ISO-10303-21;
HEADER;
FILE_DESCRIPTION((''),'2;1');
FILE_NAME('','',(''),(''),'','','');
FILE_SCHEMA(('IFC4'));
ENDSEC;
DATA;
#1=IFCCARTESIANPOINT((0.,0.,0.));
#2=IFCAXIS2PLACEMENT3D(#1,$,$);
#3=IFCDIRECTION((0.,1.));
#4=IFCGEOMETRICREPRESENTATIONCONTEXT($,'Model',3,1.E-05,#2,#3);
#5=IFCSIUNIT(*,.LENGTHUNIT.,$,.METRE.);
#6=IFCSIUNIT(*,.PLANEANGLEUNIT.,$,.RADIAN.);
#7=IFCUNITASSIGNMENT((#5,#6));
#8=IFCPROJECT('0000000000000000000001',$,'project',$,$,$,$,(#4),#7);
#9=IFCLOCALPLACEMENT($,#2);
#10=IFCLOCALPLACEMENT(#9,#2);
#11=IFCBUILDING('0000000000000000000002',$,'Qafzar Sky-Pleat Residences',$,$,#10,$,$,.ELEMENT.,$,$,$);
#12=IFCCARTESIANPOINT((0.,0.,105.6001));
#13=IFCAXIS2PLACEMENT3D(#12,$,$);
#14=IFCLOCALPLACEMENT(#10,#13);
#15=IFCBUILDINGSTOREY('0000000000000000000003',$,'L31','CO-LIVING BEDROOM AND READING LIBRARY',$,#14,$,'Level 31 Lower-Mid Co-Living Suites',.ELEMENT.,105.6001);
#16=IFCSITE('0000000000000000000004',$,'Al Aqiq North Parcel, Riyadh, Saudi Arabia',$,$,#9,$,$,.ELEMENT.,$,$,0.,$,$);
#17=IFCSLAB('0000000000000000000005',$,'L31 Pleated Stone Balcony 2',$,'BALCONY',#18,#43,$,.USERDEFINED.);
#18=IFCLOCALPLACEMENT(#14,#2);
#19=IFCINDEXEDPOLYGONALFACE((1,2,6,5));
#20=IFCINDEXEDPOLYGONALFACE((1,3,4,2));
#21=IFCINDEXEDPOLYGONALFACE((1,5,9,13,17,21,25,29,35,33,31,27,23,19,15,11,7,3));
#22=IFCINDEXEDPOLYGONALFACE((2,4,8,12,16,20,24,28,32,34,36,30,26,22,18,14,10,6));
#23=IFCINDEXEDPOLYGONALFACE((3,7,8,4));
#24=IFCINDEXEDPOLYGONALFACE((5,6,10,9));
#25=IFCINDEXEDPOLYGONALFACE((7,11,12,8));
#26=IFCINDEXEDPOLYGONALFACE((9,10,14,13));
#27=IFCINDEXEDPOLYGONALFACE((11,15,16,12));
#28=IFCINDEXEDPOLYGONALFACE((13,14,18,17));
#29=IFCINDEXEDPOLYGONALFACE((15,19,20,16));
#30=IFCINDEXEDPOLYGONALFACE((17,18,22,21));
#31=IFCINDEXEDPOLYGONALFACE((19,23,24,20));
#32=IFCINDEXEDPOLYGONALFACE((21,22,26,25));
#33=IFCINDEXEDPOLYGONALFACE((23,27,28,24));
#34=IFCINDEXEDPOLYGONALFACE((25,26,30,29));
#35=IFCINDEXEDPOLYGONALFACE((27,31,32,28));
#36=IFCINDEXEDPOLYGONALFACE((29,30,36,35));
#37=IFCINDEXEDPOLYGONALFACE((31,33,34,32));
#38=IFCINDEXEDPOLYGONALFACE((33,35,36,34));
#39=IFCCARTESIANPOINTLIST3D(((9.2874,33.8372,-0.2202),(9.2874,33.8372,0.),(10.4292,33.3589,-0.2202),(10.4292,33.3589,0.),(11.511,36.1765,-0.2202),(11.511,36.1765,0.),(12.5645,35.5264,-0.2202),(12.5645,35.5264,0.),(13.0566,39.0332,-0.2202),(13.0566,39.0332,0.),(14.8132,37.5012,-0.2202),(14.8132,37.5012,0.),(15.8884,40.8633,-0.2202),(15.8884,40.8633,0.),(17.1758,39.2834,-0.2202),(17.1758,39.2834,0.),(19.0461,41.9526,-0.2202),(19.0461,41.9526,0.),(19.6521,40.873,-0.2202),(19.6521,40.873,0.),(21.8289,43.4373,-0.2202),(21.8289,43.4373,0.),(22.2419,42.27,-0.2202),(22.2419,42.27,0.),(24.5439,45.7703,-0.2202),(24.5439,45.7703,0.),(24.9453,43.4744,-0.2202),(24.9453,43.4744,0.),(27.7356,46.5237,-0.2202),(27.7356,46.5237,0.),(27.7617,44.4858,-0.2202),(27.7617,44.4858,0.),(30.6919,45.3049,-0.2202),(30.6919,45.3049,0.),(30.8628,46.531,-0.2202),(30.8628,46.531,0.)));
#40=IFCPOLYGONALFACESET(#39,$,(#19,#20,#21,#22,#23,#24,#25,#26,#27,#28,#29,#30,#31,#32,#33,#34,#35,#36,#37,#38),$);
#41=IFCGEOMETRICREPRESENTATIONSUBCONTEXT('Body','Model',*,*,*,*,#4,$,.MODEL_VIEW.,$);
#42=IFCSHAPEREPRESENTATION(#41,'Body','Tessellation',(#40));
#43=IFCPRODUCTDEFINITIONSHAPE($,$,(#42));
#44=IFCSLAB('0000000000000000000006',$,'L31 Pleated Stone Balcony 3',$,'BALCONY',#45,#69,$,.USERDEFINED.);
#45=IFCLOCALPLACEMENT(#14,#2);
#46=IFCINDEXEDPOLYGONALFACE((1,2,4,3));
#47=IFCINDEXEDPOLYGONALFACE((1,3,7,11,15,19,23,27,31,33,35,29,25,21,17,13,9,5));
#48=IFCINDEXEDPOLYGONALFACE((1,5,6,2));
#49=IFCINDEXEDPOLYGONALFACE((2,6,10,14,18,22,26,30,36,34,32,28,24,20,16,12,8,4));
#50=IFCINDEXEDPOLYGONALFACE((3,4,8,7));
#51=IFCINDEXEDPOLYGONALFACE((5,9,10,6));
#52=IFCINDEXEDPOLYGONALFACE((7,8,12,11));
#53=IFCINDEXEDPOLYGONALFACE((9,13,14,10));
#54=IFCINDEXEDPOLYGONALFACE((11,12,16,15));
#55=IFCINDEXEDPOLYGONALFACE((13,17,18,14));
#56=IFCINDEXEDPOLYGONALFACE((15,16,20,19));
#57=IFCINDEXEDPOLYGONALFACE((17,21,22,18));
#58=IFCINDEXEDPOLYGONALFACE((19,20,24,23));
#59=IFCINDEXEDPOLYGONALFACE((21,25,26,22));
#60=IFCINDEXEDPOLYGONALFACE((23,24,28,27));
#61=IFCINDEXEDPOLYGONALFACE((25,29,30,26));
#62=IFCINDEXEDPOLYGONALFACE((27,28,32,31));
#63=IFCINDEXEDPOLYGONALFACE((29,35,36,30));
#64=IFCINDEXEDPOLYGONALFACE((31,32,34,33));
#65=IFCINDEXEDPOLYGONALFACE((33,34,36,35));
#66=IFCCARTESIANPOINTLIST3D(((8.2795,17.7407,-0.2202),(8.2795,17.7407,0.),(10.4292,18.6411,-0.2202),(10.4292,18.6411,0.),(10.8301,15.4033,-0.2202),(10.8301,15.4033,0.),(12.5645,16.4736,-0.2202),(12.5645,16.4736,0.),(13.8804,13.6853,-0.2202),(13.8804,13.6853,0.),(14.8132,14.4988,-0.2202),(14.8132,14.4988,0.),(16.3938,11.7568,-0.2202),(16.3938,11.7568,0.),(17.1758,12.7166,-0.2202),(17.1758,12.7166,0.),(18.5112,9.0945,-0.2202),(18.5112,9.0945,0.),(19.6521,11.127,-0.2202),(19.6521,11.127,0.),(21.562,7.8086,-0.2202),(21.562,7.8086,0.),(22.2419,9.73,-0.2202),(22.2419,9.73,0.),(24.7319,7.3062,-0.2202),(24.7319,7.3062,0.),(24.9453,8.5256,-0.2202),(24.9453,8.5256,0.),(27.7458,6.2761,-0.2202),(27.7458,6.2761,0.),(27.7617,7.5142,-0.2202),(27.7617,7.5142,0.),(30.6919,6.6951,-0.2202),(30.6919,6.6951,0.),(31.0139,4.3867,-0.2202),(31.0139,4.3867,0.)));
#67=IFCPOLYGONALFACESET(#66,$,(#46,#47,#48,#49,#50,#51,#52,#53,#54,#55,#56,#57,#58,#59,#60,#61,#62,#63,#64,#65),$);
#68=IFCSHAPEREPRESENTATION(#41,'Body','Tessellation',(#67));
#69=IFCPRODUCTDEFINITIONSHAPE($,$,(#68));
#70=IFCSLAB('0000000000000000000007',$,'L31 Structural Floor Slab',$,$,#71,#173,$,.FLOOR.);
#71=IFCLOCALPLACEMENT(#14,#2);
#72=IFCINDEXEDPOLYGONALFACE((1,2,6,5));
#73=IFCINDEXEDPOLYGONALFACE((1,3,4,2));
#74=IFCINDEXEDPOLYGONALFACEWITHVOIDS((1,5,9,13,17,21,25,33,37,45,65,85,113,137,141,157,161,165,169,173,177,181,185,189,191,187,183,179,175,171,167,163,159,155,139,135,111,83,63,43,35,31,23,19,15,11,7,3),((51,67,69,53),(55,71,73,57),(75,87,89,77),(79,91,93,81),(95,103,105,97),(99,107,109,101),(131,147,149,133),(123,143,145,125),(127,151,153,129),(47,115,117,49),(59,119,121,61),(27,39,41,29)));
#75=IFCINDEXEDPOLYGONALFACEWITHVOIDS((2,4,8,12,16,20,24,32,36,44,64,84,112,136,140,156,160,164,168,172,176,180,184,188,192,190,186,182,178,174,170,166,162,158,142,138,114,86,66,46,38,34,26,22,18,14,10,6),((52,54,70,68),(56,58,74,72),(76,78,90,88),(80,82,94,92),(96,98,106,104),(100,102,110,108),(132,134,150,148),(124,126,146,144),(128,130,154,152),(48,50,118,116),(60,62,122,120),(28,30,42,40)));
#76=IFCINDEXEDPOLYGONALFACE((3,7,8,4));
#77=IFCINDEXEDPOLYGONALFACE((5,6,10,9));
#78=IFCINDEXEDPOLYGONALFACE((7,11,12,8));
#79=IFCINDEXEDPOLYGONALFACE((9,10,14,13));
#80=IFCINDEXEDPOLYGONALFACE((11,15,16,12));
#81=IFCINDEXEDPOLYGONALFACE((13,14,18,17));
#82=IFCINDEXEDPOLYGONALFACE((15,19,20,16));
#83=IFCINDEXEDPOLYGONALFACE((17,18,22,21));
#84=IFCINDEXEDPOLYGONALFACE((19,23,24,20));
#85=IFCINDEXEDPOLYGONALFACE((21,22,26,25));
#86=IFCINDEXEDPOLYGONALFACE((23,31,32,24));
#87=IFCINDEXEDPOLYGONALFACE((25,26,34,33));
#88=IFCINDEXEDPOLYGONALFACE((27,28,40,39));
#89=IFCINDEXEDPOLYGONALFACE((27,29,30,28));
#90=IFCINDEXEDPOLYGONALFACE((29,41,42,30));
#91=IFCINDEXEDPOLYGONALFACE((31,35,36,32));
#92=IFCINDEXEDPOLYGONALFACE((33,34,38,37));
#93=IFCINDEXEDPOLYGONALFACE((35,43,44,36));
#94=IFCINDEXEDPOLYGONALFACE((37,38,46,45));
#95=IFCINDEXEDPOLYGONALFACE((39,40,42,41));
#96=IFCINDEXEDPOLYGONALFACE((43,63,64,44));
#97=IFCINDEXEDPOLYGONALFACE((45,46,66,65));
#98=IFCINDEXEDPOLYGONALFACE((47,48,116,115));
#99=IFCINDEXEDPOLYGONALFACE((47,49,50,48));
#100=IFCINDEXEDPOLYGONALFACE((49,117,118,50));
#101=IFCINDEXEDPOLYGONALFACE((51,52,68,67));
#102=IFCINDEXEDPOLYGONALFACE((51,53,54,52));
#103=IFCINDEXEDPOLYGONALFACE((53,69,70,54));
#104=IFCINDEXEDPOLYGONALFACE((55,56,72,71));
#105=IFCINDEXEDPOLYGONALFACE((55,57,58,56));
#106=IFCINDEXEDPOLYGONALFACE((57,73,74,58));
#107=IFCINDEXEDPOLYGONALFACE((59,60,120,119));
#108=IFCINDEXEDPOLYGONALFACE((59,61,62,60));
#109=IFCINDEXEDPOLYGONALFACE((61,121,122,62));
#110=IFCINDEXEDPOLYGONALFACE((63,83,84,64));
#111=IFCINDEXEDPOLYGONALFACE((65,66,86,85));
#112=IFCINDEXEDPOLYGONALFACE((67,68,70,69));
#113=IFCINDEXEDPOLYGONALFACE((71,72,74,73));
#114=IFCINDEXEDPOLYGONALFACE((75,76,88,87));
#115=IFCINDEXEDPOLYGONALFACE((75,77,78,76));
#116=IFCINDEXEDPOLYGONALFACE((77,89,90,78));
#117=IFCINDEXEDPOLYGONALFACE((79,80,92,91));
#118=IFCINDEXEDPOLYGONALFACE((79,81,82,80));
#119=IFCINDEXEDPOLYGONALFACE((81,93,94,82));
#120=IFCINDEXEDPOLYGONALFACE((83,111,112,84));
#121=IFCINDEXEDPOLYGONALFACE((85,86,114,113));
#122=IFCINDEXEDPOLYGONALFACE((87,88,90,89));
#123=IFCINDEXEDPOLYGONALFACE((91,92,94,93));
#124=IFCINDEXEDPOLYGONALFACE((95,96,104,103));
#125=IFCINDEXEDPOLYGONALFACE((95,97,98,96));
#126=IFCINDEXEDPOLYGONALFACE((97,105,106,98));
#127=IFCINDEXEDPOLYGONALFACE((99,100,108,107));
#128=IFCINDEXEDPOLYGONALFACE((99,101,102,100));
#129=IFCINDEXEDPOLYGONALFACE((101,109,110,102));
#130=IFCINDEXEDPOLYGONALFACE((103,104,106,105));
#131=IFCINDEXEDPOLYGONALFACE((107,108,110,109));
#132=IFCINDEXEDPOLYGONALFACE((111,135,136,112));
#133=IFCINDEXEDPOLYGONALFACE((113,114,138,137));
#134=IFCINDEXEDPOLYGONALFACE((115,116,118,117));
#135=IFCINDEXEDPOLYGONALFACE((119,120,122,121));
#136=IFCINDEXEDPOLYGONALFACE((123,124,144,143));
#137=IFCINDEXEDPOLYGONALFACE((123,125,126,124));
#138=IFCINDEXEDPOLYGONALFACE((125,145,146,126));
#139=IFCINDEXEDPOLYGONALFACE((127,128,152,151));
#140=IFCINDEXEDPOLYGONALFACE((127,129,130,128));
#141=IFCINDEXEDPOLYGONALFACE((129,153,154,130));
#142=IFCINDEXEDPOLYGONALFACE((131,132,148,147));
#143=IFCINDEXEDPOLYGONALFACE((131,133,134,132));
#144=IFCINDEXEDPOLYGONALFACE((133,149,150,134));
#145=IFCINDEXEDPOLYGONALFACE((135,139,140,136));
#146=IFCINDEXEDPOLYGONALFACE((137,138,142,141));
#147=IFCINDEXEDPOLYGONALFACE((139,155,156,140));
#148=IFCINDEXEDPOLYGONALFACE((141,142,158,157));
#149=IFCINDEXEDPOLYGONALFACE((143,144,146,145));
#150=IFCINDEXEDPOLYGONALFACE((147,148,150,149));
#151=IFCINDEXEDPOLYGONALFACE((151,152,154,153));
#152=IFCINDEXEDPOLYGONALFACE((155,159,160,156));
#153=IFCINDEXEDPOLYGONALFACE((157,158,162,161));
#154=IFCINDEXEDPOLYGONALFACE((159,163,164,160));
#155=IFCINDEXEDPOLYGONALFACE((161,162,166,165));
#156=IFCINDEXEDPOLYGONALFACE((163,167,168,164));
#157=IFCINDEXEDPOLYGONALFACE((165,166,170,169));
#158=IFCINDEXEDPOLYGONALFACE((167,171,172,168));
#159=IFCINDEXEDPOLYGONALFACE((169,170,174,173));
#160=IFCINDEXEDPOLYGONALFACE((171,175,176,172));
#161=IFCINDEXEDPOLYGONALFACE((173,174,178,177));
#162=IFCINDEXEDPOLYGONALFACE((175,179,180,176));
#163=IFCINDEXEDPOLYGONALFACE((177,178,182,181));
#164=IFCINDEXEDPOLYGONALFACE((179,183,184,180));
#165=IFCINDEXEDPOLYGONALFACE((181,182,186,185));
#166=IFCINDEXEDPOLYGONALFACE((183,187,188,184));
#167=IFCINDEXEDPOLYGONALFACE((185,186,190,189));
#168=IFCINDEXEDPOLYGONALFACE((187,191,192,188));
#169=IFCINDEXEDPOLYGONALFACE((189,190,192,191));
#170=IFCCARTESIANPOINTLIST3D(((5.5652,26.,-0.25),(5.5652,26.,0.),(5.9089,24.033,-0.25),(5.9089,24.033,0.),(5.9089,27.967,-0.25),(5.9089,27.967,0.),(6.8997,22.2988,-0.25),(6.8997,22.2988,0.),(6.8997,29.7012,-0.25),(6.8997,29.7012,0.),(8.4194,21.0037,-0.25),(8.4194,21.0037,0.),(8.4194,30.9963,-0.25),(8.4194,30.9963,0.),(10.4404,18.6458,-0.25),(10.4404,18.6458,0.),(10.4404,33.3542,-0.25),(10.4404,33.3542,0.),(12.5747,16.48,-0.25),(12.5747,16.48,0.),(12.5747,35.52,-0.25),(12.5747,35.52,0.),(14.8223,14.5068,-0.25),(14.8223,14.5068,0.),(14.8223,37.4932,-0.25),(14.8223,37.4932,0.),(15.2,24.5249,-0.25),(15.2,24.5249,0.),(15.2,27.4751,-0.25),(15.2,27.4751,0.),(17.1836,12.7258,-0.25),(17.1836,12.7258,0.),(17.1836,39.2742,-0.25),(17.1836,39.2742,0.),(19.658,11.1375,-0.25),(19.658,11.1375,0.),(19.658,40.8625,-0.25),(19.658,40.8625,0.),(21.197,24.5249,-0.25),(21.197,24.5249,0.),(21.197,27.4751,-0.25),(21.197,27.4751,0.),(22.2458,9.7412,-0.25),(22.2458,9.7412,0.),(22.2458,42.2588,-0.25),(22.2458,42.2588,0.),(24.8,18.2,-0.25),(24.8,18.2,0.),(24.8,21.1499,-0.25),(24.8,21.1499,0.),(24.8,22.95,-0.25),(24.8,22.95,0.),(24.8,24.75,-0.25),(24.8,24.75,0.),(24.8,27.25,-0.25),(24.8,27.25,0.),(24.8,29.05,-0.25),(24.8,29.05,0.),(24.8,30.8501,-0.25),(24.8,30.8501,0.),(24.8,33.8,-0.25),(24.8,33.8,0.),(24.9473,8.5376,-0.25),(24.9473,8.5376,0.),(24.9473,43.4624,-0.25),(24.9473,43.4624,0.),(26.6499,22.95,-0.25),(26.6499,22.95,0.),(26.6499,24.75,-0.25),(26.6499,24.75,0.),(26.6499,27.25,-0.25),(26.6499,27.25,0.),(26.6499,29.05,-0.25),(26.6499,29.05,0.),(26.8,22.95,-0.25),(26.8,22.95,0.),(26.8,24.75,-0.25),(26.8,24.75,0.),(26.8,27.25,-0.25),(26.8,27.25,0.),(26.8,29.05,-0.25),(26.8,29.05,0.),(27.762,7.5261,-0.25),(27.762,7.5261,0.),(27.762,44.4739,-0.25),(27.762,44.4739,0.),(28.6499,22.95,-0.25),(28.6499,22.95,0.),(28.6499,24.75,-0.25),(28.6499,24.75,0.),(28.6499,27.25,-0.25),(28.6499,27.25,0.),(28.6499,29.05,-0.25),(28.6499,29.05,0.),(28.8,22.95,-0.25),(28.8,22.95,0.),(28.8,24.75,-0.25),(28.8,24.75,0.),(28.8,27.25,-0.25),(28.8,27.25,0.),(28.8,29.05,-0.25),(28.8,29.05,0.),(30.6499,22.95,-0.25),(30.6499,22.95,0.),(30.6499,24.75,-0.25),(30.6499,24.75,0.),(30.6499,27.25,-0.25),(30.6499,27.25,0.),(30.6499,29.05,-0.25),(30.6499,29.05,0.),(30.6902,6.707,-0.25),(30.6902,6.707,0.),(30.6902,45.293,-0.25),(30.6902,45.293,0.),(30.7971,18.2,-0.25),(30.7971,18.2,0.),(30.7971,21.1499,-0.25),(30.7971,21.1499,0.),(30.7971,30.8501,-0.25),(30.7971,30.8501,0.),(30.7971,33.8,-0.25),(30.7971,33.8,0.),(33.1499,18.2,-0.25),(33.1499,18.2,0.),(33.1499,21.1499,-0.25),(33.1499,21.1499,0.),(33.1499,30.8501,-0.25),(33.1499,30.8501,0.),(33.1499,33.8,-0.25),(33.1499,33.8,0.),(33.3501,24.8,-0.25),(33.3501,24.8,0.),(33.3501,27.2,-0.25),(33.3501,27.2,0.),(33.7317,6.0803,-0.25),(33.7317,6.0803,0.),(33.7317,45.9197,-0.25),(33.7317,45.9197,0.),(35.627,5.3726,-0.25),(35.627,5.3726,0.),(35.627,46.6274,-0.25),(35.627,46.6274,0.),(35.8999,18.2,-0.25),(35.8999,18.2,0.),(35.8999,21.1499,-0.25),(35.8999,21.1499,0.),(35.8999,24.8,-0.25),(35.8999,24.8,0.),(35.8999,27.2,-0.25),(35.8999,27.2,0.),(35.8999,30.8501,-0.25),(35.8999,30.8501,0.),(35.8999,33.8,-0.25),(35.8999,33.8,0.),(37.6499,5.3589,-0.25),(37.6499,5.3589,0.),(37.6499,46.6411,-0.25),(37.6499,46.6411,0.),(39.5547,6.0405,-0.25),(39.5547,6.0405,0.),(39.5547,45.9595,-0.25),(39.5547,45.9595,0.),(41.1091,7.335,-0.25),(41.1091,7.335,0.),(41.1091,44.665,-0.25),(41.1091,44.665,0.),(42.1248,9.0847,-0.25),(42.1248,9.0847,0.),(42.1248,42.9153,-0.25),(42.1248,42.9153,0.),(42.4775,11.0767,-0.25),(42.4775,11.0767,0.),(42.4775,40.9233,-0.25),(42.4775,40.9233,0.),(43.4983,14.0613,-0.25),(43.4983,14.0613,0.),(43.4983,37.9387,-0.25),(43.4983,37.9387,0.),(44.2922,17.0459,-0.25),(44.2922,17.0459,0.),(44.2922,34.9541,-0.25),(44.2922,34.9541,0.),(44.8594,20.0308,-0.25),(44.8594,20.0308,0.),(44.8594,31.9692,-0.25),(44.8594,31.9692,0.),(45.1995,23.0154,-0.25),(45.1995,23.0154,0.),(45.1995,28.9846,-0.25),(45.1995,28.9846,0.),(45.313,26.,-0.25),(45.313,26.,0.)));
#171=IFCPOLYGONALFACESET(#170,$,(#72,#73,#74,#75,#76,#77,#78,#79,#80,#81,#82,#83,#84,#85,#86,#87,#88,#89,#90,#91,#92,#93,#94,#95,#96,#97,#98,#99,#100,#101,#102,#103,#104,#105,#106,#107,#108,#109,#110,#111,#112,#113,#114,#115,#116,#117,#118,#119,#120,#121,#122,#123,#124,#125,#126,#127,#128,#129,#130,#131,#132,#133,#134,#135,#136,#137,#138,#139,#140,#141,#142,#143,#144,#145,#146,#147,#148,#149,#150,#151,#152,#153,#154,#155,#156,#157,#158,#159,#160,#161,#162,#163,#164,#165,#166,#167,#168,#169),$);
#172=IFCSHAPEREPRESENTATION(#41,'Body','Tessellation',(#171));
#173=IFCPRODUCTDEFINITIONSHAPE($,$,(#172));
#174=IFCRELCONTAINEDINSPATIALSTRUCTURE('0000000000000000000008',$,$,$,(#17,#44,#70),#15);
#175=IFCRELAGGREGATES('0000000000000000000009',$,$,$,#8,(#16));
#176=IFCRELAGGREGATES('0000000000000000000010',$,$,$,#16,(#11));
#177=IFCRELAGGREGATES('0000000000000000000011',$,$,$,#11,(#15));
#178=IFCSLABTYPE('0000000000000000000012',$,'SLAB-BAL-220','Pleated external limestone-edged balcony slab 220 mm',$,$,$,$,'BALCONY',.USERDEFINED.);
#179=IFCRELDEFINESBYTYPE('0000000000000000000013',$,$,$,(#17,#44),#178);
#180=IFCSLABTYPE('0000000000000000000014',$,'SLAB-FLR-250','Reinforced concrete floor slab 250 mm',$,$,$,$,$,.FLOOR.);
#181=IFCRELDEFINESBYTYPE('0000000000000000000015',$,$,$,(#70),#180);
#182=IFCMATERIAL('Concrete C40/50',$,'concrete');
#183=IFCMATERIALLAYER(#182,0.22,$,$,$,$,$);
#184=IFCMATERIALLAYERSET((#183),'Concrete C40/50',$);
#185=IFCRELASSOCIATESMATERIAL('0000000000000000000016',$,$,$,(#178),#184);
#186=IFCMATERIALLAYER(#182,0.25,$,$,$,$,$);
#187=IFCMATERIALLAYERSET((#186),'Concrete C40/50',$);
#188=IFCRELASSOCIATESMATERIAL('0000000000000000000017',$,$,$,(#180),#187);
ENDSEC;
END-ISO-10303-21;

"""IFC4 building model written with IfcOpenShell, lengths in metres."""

from ifc_helpers import new_model, si_unit, direction, frame, origin, place, context, subcontext, project, spatial, polyline, outline, extrude, material, layer, layer_set, type_object, element, save


model = new_model("IFC4")

# Units and contexts
model_context = context("Model", 3, precision=1e-05, world=origin(), true_north=direction((0.0, 1.0)))
body_context = subcontext(model_context, "Body", "Model", "MODEL_VIEW")
ifc_project = project(units=[si_unit("LENGTHUNIT", "METRE"), si_unit("PLANEANGLEUNIT", "RADIAN")], contexts=[model_context])

# Site, building, storey
site_placement = place(None, origin())
site = spatial("IfcSite", under=ifc_project, at=site_placement, Name="Al Aqiq North Parcel, Riyadh, Saudi Arabia", CompositionType="ELEMENT", RefElevation=0.0)
building_placement = place(site_placement, origin())
building = spatial("IfcBuilding", under=site, at=building_placement, Name="Qafzar Sky-Pleat Residences", CompositionType="ELEMENT")
storey_placement = place(building_placement, frame((0.0, 0.0, 105.6001)))
storey = spatial("IfcBuildingStorey", under=building, at=storey_placement, Name="L31", Description="CO-LIVING BEDROOM AND READING LIBRARY", LongName="Level 31 Lower-Mid Co-Living Suites", CompositionType="ELEMENT", Elevation=105.6001)

# Slabs
ifc_material_1 = material(Name="Concrete C40/50", Category="concrete")
ifc_layer_1 = layer(ifc_material_1, 0.22)
ifc_layer_set_1 = layer_set([ifc_layer_1], Name="Concrete C40/50")
slab_type_1 = type_object("IfcSlabType", Name="SLAB-BAL-220", Description="Pleated external limestone-edged balcony slab 220 mm", ElementType="BALCONY", PredefinedType="USERDEFINED", material=ifc_layer_set_1)
slab_1_placement = place(storey_placement, frame((0.0, 0.0, -0.2202)))
element("IfcSlab", 1, at=slab_1_placement, inside=storey, type_object=slab_type_1, Name="L31 Pleated Stone Balcony 2", ObjectType="BALCONY", PredefinedType="USERDEFINED", context=body_context, shape_type="SweptSolid", body=[
    extrude(outline(polyline([(27.7617, 44.4858), (24.9453, 43.4744), (22.2419, 42.27), (19.6521, 40.873), (17.1758, 39.2834), (14.8132, 37.5012), (12.5645, 35.5264), (10.4292, 33.3589), (9.2874, 33.8372), (11.511, 36.1765), (13.0566, 39.0332), (15.8884, 40.8633), (19.0461, 41.9526), (21.8289, 43.4373), (24.5439, 45.7703), (27.7356, 46.5237), (30.8628, 46.531), (30.6919, 45.3049), (27.7617, 44.4858)])), origin(), (0.0, 0.0, 1.0), 0.2202),
])
slab_2_placement = place(storey_placement, frame((0.0, 0.0, -0.2202)))
element("IfcSlab", 2, at=slab_2_placement, inside=storey, type_object=slab_type_1, Name="L31 Pleated Stone Balcony 3", ObjectType="BALCONY", PredefinedType="USERDEFINED", context=body_context, shape_type="SweptSolid", body=[
    extrude(outline(polyline([(12.5645, 16.4736), (14.8132, 14.4988), (17.1758, 12.7166), (19.6521, 11.127), (22.2419, 9.73), (24.9453, 8.5256), (27.7617, 7.5142), (30.6919, 6.6951), (31.0139, 4.3867), (27.7458, 6.2761), (24.7319, 7.3062), (21.562, 7.8086), (18.5112, 9.0945), (16.3938, 11.7568), (13.8804, 13.6853), (10.8301, 15.4033), (8.2795, 17.7407), (10.4292, 18.6411), (12.5645, 16.4736)])), origin(), (0.0, 0.0, 1.0), 0.2202),
])
ifc_layer_2 = layer(ifc_material_1, 0.25)
ifc_layer_set_2 = layer_set([ifc_layer_2], Name="Concrete C40/50")
slab_type_2 = type_object("IfcSlabType", Name="SLAB-FLR-250", Description="Reinforced concrete floor slab 250 mm", PredefinedType="FLOOR", material=ifc_layer_set_2)
slab_3_placement = place(storey_placement, frame((0.0, 0.0, -0.25)))
element("IfcSlab", 3, at=slab_3_placement, inside=storey, type_object=slab_type_2, Name="L31 Structural Floor Slab", PredefinedType="FLOOR", context=body_context, shape_type="SweptSolid", body=[
    extrude(outline(polyline([(8.4194, 30.9963), (6.8997, 29.7012), (5.9089, 27.967), (5.5652, 26.0), (5.9089, 24.033), (6.8997, 22.2988), (8.4194, 21.0037), (10.4404, 18.6458), (12.5747, 16.48), (14.8223, 14.5068), (17.1836, 12.7258), (19.658, 11.1375), (22.2458, 9.7412), (24.9473, 8.5376), (27.762, 7.5261), (30.6902, 6.707), (33.7317, 6.0803), (35.627, 5.3726), (37.6499, 5.3589), (39.5547, 6.0405), (41.1091, 7.335), (42.1248, 9.0847), (42.4775, 11.0767), (43.4983, 14.0613), (44.2922, 17.0459), (44.8594, 20.0308), (45.1995, 23.0154), (45.313, 26.0), (45.1995, 28.9846), (44.8594, 31.9692), (44.2922, 34.9541), (43.4983, 37.9387), (42.4775, 40.9233), (42.1248, 42.9153), (41.1091, 44.665), (39.5547, 45.9595), (37.6499, 46.6411), (35.627, 46.6274), (33.7317, 45.9197), (30.6902, 45.293), (27.762, 44.4739), (24.9473, 43.4624), (22.2458, 42.2588), (19.658, 40.8625), (17.1836, 39.2742), (14.8223, 37.4932), (12.5747, 35.52), (10.4404, 33.3542), (8.4194, 30.9963)]), holes=[polyline([(30.7971, 21.1499), (24.8, 21.1499), (24.8, 18.2), (30.7971, 18.2), (30.7971, 21.1499)]), polyline([(30.7971, 33.8), (24.8, 33.8), (24.8, 30.8501), (30.7971, 30.8501), (30.7971, 33.8)]), polyline([(21.197, 27.4751), (15.2, 27.4751), (15.2, 24.5249), (21.197, 24.5249), (21.197, 27.4751)]), polyline([(24.8, 22.95), (26.6499, 22.95), (26.6499, 24.75), (24.8, 24.75), (24.8, 22.95)]), polyline([(26.8, 22.95), (28.6499, 22.95), (28.6499, 24.75), (26.8, 24.75), (26.8, 22.95)]), polyline([(28.8, 22.95), (30.6499, 22.95), (30.6499, 24.75), (28.8, 24.75), (28.8, 22.95)]), polyline([(24.8, 27.25), (26.6499, 27.25), (26.6499, 29.05), (24.8, 29.05), (24.8, 27.25)]), polyline([(26.8, 27.25), (28.6499, 27.25), (28.6499, 29.05), (26.8, 29.05), (26.8, 27.25)]), polyline([(28.8, 27.25), (30.6499, 27.25), (30.6499, 29.05), (28.8, 29.05), (28.8, 27.25)]), polyline([(33.1499, 18.2), (35.8999, 18.2), (35.8999, 21.1499), (33.1499, 21.1499), (33.1499, 18.2)]), polyline([(33.1499, 30.8501), (35.8999, 30.8501), (35.8999, 33.8), (33.1499, 33.8), (33.1499, 30.8501)]), polyline([(33.3501, 24.8), (35.8999, 24.8), (35.8999, 27.2), (33.3501, 27.2), (33.3501, 24.8)])]), origin(), (0.0, 0.0, 1.0), 0.25),
])

save(model, "model.ifc")
